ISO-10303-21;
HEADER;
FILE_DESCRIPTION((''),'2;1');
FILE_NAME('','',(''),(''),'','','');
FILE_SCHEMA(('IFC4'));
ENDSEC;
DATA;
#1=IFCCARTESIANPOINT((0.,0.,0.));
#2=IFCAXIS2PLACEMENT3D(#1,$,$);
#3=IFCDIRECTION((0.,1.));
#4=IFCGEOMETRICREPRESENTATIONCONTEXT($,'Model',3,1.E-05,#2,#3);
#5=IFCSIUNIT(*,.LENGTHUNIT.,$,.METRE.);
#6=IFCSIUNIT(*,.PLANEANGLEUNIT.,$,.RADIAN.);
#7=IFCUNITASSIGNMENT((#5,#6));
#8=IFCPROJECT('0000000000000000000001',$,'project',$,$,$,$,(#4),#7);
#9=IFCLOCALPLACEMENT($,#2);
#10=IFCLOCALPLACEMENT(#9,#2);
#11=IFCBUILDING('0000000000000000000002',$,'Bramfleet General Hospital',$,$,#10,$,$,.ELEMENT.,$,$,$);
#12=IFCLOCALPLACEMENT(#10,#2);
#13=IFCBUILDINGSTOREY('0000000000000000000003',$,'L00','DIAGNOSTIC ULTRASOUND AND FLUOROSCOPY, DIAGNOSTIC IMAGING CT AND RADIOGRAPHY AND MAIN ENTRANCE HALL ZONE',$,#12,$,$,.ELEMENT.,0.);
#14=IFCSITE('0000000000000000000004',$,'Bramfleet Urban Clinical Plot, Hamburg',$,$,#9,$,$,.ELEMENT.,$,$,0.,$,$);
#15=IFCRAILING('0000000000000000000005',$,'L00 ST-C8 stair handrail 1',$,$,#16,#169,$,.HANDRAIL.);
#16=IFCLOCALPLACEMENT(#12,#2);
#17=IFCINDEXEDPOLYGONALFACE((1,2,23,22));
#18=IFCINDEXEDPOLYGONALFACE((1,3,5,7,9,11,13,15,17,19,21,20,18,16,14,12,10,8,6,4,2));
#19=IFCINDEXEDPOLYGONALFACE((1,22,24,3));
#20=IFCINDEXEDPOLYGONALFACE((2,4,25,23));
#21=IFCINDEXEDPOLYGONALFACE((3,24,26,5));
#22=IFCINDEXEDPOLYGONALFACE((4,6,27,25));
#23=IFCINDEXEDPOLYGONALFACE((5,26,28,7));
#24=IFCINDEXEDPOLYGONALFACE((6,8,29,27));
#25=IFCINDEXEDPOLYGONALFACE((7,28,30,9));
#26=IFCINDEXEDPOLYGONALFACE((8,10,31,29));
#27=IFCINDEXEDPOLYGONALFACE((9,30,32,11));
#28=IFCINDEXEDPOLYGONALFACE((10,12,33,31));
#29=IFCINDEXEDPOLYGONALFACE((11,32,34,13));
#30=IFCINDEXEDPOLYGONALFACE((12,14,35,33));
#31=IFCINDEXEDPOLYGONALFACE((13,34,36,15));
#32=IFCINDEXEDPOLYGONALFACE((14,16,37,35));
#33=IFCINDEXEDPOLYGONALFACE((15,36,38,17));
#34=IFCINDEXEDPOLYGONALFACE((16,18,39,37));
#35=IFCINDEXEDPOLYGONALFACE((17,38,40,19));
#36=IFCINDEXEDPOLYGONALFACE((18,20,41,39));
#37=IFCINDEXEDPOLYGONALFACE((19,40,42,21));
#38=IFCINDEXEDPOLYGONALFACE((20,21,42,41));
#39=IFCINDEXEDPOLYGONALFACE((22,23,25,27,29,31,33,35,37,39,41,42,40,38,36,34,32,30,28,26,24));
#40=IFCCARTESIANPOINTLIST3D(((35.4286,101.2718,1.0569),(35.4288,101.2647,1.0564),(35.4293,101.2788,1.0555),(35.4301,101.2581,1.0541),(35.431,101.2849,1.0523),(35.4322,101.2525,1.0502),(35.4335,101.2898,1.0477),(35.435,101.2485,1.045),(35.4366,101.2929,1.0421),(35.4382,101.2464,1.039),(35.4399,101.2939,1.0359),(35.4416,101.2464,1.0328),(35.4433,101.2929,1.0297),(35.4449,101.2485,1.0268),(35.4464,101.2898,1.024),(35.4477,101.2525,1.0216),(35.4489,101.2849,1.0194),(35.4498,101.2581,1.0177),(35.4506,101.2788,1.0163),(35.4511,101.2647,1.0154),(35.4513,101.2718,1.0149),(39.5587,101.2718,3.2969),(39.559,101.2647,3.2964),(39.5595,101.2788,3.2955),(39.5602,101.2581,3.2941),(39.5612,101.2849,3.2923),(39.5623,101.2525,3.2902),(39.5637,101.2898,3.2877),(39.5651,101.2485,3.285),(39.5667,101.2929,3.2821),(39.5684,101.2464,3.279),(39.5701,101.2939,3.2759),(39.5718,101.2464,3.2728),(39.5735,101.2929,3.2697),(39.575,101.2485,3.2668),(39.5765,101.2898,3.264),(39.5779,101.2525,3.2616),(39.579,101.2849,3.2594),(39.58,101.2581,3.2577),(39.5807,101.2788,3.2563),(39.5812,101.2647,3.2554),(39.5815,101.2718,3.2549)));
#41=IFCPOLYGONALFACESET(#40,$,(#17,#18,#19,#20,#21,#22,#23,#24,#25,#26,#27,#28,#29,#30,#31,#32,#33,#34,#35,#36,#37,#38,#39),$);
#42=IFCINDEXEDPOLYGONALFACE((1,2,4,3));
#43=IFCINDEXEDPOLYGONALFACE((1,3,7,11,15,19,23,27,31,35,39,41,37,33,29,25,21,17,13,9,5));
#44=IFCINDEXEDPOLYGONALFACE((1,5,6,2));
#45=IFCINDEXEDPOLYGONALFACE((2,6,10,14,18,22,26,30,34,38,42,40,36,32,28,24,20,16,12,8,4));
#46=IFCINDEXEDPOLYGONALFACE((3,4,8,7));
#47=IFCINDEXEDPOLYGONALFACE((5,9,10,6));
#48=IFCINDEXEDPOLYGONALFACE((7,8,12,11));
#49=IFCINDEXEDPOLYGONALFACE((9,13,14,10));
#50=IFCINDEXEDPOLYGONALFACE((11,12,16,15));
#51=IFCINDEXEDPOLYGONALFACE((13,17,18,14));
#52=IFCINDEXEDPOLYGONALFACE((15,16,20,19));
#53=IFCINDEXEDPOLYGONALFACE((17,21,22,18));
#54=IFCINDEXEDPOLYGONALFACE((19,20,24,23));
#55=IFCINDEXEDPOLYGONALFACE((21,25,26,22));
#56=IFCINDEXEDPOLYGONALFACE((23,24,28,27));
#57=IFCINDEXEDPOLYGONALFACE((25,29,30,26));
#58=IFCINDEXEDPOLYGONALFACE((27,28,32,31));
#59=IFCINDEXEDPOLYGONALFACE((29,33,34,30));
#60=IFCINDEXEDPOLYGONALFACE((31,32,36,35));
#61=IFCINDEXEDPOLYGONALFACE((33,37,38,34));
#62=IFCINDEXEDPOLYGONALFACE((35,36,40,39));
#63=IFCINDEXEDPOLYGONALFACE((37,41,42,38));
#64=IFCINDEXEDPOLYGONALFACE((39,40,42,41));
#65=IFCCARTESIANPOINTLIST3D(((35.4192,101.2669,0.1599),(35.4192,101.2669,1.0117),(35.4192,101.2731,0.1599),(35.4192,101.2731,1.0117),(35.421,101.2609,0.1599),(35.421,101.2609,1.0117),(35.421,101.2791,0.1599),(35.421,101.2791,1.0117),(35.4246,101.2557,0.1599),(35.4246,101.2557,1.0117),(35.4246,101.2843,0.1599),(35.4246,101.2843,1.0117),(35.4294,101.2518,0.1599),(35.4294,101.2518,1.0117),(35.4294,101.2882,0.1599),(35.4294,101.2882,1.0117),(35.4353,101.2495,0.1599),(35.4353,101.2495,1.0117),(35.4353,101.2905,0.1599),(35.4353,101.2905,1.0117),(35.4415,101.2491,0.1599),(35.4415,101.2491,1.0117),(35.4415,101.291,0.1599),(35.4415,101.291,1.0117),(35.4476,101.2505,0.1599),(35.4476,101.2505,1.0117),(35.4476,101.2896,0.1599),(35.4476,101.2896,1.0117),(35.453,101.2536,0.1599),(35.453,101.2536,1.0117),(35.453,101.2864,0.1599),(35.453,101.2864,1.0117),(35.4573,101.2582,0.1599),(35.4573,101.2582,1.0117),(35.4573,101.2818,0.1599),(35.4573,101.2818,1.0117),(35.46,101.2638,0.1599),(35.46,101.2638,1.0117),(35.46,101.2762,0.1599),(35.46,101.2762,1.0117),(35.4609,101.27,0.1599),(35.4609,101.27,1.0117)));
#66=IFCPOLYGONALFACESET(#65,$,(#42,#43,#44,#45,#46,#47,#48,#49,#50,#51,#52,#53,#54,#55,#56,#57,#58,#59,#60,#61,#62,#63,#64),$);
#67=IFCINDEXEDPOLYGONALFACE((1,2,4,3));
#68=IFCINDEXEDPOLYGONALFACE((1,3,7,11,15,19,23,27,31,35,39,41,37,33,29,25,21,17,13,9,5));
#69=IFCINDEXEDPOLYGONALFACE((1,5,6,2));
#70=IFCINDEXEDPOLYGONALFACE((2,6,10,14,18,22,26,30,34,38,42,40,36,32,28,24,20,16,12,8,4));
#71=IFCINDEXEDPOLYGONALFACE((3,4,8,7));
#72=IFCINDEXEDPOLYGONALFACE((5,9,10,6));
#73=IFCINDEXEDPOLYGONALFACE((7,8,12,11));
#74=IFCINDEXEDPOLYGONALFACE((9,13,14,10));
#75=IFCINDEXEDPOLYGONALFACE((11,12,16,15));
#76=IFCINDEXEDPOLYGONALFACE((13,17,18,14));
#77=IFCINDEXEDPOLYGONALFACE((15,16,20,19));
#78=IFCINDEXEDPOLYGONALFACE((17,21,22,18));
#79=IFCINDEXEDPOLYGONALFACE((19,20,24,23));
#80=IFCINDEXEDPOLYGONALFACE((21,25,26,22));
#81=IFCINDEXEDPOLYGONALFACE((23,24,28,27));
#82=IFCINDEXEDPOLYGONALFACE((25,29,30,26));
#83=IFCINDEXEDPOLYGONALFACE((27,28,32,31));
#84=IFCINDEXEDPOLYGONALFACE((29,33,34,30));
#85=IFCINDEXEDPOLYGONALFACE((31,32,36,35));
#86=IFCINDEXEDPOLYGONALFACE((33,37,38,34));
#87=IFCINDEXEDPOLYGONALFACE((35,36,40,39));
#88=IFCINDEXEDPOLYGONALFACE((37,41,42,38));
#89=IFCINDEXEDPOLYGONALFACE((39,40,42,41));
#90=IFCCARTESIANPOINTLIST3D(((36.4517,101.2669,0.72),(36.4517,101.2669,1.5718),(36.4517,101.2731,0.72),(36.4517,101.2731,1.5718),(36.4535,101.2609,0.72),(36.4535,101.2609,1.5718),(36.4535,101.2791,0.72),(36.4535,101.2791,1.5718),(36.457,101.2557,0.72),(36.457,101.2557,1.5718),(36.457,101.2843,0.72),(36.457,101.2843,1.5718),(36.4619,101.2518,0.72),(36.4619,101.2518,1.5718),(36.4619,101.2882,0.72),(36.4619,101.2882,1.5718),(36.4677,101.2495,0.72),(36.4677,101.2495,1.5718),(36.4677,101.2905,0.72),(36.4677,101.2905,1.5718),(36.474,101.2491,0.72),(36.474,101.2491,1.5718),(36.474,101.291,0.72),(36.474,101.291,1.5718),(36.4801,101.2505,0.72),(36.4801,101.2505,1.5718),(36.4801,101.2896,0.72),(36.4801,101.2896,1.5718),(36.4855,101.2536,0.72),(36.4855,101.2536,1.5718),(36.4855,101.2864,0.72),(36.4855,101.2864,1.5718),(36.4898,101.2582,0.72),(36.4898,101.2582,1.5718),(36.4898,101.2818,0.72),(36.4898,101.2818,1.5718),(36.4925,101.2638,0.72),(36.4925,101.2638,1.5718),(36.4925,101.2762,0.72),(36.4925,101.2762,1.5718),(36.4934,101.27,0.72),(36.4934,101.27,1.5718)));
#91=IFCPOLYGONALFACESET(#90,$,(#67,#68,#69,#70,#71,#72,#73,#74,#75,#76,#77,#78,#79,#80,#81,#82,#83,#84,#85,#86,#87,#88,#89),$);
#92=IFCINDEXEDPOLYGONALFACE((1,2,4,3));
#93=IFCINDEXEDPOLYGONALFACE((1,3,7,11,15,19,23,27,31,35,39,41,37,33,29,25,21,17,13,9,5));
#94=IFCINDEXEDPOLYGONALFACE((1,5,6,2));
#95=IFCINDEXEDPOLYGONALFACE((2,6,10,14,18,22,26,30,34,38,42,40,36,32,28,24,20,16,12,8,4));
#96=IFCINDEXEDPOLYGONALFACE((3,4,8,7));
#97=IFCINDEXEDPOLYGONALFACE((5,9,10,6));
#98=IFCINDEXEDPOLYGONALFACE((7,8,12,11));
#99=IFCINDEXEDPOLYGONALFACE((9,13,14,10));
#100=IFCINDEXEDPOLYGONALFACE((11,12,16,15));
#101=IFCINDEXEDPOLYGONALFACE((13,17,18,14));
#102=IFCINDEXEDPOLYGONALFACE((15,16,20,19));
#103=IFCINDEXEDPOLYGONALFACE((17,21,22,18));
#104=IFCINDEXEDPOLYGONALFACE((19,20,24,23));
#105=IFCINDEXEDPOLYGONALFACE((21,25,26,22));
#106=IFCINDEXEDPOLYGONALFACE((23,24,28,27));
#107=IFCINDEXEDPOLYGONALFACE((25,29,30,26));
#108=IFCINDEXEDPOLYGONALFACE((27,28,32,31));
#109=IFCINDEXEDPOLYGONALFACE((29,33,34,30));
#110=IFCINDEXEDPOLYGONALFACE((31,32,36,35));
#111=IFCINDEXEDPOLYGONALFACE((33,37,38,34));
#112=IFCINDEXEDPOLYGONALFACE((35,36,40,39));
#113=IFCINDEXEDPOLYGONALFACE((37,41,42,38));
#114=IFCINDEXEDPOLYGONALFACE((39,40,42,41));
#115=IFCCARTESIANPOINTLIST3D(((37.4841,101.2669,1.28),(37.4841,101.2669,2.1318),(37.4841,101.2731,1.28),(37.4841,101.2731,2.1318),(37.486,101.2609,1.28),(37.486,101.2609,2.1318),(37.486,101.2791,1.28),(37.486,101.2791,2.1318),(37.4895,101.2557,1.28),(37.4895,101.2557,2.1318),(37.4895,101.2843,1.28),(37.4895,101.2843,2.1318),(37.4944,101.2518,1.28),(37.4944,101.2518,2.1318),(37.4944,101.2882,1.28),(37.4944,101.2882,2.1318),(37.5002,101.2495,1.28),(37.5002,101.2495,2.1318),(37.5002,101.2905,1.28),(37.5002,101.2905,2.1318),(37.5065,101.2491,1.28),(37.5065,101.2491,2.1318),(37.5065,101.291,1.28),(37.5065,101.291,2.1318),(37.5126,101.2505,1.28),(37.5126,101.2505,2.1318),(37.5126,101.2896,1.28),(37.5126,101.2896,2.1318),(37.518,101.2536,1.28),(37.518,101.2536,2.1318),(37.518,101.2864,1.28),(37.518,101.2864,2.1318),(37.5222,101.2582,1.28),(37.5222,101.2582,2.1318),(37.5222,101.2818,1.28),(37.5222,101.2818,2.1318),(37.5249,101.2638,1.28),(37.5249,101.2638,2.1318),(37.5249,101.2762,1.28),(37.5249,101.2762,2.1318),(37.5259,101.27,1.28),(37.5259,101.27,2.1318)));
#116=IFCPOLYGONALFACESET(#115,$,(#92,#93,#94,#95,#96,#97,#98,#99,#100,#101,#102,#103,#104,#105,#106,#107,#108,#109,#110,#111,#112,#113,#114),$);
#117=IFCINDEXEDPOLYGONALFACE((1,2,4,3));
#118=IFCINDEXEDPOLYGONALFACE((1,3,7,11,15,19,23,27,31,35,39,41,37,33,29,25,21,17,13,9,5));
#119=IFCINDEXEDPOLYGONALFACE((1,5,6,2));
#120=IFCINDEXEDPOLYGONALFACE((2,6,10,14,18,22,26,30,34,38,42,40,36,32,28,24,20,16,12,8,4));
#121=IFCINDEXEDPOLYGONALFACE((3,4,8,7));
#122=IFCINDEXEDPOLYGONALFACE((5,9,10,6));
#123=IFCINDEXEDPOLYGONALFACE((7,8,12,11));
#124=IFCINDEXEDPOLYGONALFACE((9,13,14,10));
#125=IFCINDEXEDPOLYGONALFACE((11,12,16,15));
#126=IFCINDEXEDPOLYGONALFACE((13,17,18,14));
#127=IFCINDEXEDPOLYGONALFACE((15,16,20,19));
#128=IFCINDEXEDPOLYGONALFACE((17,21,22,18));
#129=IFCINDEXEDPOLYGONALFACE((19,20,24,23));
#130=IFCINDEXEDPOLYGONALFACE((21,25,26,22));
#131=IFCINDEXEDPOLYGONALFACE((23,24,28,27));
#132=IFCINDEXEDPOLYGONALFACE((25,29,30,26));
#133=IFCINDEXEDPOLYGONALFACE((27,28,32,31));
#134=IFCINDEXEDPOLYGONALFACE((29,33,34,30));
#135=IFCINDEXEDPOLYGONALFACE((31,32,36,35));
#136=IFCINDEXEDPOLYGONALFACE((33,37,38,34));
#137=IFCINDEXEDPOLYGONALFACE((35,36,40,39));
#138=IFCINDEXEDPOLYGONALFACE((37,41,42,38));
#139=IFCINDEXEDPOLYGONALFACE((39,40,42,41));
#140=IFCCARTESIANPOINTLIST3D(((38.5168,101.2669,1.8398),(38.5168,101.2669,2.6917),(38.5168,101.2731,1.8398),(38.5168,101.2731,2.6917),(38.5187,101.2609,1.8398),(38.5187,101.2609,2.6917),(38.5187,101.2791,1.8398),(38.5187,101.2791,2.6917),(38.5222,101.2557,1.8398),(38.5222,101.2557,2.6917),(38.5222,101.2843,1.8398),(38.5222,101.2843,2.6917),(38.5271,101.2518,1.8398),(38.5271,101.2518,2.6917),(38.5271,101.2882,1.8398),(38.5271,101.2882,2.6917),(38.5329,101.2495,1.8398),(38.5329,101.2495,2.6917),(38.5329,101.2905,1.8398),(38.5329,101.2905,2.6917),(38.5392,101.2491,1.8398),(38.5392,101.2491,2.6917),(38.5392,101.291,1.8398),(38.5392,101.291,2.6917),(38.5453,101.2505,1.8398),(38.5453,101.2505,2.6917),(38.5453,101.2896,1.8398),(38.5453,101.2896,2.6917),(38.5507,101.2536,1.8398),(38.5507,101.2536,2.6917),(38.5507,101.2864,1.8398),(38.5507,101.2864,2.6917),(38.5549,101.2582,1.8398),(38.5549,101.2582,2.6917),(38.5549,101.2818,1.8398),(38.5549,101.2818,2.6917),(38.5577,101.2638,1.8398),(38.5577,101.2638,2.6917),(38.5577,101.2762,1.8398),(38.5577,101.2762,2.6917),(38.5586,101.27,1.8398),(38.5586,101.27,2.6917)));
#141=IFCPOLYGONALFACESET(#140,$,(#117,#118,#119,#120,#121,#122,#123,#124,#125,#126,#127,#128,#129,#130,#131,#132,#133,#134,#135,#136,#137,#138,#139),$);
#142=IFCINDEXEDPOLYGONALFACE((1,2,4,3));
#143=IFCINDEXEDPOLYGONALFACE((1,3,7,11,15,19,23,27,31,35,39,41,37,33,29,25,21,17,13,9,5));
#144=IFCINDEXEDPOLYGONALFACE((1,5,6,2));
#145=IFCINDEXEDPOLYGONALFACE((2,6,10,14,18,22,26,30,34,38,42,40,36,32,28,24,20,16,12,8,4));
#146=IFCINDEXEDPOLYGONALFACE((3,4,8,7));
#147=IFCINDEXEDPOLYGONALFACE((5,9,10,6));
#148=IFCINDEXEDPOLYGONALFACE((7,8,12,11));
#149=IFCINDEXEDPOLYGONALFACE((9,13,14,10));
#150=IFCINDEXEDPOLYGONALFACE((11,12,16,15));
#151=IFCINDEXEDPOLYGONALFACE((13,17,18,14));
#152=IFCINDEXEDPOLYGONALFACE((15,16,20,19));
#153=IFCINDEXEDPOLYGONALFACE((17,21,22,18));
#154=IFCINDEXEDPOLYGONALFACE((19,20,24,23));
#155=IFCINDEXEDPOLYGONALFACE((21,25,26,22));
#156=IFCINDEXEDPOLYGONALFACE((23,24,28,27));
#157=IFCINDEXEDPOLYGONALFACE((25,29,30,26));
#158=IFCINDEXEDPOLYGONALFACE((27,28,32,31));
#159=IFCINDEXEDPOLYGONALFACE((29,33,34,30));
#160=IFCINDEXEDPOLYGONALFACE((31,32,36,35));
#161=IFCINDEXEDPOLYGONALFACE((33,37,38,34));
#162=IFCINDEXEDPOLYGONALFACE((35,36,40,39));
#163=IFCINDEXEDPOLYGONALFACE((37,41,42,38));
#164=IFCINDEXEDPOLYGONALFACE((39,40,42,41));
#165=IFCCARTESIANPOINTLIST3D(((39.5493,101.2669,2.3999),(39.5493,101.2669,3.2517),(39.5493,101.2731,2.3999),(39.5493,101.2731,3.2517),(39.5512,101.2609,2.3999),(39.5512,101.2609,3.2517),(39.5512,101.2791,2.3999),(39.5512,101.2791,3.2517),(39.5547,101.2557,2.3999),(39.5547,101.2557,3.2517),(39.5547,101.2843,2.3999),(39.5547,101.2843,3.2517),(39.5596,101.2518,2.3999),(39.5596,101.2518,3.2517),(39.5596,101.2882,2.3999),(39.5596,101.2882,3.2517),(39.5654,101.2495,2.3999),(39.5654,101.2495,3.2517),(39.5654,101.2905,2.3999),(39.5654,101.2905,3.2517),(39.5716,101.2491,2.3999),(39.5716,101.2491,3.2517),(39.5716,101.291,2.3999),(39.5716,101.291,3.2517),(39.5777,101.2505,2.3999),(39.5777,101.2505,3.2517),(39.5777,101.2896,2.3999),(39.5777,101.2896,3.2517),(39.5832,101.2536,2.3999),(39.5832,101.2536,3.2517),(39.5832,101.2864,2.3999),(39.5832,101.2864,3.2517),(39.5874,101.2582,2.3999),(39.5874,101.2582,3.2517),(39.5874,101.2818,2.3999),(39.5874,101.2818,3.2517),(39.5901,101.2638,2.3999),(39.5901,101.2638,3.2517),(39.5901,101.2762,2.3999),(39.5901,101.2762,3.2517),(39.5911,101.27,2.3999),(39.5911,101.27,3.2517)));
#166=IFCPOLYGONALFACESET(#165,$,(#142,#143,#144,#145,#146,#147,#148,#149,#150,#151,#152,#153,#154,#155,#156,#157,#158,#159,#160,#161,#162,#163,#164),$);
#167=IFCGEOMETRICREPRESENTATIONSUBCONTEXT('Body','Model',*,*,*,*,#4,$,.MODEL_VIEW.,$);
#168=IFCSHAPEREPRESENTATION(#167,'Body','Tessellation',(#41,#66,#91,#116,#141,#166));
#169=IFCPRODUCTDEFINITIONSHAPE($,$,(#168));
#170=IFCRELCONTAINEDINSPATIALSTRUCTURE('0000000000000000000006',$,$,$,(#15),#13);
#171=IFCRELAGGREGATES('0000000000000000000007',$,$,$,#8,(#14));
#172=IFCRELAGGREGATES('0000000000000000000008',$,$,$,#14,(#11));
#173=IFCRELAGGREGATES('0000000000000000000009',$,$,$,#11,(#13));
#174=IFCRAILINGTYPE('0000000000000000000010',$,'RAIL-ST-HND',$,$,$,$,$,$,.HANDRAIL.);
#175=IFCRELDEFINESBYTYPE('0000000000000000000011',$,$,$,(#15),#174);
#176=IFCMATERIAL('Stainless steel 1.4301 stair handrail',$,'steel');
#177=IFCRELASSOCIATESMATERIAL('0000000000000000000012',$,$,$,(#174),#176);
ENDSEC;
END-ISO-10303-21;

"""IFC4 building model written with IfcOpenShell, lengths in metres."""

from ifc_helpers import new_model, si_unit, direction, frame, origin, origin_2d, place, context, subcontext, project, spatial, circle, extrude, material, type_object, element, save


model = new_model("IFC4")

# Units and contexts
model_context = context("Model", 3, precision=1e-05, world=origin(), true_north=direction((0.0, 1.0)))
body_context = subcontext(model_context, "Body", "Model", "MODEL_VIEW")
ifc_project = project(units=[si_unit("LENGTHUNIT", "METRE"), si_unit("PLANEANGLEUNIT", "RADIAN")], contexts=[model_context])

# Site, building, storey
site_placement = place(None, origin())
site = spatial("IfcSite", under=ifc_project, at=site_placement, Name="Bramfleet Urban Clinical Plot, Hamburg", CompositionType="ELEMENT", RefElevation=0.0)
building_placement = place(site_placement, origin())
building = spatial("IfcBuilding", under=site, at=building_placement, Name="Bramfleet General Hospital", CompositionType="ELEMENT")
storey_placement = place(building_placement, origin())
storey = spatial("IfcBuildingStorey", under=building, at=storey_placement, Name="L00", Description="DIAGNOSTIC ULTRASOUND AND FLUOROSCOPY, DIAGNOSTIC IMAGING CT AND RADIOGRAPHY AND MAIN ENTRANCE HALL ZONE", CompositionType="ELEMENT", Elevation=0.0)

# Railing
ifc_material_1 = material(Name="Stainless steel 1.4301 stair handrail", Category="steel")
railing_type_1 = type_object("IfcRailingType", Name="RAIL-ST-HND", PredefinedType="HANDRAIL", material=ifc_material_1)
railing_1_placement = place(storey_placement, frame((35.4399, 101.27, 0.1599)))
element("IfcRailing", 1, at=railing_1_placement, inside=storey, type_object=railing_type_1, Name="L00 ST-C8 stair handrail 1", PredefinedType="HANDRAIL", context=body_context, shape_type="SweptSolid", body=[
    extrude(circle(Radius=0.0239, at=origin_2d()), frame((0.0, 0.0, 0.876), z_axis=(0.879039, 0.0, 0.47675), x_axis=(0.0, 1.0, 0.0)), (0.0, 0.0, 1.0), 4.6985),
    extrude(circle(Radius=0.021, at=origin_2d()), origin(), (0.0, 0.0, 1.0), 0.8518),
    extrude(circle(Radius=0.021, at=origin_2d()), frame((1.0325, 0.0, 0.5601)), (0.0, 0.0, 1.0), 0.8518),
    extrude(circle(Radius=0.021, at=origin_2d()), frame((2.0649, 0.0, 1.1201)), (0.0, 0.0, 1.0), 0.8518),
    extrude(circle(Radius=0.021, at=origin_2d()), frame((3.0977, 0.0, 1.6799)), (0.0, 0.0, 1.0), 0.8518),
    extrude(circle(Radius=0.021, at=origin_2d()), frame((4.1301, 0.0, 2.24)), (0.0, 0.0, 1.0), 0.8518),
])

save(model, "model.ifc")
